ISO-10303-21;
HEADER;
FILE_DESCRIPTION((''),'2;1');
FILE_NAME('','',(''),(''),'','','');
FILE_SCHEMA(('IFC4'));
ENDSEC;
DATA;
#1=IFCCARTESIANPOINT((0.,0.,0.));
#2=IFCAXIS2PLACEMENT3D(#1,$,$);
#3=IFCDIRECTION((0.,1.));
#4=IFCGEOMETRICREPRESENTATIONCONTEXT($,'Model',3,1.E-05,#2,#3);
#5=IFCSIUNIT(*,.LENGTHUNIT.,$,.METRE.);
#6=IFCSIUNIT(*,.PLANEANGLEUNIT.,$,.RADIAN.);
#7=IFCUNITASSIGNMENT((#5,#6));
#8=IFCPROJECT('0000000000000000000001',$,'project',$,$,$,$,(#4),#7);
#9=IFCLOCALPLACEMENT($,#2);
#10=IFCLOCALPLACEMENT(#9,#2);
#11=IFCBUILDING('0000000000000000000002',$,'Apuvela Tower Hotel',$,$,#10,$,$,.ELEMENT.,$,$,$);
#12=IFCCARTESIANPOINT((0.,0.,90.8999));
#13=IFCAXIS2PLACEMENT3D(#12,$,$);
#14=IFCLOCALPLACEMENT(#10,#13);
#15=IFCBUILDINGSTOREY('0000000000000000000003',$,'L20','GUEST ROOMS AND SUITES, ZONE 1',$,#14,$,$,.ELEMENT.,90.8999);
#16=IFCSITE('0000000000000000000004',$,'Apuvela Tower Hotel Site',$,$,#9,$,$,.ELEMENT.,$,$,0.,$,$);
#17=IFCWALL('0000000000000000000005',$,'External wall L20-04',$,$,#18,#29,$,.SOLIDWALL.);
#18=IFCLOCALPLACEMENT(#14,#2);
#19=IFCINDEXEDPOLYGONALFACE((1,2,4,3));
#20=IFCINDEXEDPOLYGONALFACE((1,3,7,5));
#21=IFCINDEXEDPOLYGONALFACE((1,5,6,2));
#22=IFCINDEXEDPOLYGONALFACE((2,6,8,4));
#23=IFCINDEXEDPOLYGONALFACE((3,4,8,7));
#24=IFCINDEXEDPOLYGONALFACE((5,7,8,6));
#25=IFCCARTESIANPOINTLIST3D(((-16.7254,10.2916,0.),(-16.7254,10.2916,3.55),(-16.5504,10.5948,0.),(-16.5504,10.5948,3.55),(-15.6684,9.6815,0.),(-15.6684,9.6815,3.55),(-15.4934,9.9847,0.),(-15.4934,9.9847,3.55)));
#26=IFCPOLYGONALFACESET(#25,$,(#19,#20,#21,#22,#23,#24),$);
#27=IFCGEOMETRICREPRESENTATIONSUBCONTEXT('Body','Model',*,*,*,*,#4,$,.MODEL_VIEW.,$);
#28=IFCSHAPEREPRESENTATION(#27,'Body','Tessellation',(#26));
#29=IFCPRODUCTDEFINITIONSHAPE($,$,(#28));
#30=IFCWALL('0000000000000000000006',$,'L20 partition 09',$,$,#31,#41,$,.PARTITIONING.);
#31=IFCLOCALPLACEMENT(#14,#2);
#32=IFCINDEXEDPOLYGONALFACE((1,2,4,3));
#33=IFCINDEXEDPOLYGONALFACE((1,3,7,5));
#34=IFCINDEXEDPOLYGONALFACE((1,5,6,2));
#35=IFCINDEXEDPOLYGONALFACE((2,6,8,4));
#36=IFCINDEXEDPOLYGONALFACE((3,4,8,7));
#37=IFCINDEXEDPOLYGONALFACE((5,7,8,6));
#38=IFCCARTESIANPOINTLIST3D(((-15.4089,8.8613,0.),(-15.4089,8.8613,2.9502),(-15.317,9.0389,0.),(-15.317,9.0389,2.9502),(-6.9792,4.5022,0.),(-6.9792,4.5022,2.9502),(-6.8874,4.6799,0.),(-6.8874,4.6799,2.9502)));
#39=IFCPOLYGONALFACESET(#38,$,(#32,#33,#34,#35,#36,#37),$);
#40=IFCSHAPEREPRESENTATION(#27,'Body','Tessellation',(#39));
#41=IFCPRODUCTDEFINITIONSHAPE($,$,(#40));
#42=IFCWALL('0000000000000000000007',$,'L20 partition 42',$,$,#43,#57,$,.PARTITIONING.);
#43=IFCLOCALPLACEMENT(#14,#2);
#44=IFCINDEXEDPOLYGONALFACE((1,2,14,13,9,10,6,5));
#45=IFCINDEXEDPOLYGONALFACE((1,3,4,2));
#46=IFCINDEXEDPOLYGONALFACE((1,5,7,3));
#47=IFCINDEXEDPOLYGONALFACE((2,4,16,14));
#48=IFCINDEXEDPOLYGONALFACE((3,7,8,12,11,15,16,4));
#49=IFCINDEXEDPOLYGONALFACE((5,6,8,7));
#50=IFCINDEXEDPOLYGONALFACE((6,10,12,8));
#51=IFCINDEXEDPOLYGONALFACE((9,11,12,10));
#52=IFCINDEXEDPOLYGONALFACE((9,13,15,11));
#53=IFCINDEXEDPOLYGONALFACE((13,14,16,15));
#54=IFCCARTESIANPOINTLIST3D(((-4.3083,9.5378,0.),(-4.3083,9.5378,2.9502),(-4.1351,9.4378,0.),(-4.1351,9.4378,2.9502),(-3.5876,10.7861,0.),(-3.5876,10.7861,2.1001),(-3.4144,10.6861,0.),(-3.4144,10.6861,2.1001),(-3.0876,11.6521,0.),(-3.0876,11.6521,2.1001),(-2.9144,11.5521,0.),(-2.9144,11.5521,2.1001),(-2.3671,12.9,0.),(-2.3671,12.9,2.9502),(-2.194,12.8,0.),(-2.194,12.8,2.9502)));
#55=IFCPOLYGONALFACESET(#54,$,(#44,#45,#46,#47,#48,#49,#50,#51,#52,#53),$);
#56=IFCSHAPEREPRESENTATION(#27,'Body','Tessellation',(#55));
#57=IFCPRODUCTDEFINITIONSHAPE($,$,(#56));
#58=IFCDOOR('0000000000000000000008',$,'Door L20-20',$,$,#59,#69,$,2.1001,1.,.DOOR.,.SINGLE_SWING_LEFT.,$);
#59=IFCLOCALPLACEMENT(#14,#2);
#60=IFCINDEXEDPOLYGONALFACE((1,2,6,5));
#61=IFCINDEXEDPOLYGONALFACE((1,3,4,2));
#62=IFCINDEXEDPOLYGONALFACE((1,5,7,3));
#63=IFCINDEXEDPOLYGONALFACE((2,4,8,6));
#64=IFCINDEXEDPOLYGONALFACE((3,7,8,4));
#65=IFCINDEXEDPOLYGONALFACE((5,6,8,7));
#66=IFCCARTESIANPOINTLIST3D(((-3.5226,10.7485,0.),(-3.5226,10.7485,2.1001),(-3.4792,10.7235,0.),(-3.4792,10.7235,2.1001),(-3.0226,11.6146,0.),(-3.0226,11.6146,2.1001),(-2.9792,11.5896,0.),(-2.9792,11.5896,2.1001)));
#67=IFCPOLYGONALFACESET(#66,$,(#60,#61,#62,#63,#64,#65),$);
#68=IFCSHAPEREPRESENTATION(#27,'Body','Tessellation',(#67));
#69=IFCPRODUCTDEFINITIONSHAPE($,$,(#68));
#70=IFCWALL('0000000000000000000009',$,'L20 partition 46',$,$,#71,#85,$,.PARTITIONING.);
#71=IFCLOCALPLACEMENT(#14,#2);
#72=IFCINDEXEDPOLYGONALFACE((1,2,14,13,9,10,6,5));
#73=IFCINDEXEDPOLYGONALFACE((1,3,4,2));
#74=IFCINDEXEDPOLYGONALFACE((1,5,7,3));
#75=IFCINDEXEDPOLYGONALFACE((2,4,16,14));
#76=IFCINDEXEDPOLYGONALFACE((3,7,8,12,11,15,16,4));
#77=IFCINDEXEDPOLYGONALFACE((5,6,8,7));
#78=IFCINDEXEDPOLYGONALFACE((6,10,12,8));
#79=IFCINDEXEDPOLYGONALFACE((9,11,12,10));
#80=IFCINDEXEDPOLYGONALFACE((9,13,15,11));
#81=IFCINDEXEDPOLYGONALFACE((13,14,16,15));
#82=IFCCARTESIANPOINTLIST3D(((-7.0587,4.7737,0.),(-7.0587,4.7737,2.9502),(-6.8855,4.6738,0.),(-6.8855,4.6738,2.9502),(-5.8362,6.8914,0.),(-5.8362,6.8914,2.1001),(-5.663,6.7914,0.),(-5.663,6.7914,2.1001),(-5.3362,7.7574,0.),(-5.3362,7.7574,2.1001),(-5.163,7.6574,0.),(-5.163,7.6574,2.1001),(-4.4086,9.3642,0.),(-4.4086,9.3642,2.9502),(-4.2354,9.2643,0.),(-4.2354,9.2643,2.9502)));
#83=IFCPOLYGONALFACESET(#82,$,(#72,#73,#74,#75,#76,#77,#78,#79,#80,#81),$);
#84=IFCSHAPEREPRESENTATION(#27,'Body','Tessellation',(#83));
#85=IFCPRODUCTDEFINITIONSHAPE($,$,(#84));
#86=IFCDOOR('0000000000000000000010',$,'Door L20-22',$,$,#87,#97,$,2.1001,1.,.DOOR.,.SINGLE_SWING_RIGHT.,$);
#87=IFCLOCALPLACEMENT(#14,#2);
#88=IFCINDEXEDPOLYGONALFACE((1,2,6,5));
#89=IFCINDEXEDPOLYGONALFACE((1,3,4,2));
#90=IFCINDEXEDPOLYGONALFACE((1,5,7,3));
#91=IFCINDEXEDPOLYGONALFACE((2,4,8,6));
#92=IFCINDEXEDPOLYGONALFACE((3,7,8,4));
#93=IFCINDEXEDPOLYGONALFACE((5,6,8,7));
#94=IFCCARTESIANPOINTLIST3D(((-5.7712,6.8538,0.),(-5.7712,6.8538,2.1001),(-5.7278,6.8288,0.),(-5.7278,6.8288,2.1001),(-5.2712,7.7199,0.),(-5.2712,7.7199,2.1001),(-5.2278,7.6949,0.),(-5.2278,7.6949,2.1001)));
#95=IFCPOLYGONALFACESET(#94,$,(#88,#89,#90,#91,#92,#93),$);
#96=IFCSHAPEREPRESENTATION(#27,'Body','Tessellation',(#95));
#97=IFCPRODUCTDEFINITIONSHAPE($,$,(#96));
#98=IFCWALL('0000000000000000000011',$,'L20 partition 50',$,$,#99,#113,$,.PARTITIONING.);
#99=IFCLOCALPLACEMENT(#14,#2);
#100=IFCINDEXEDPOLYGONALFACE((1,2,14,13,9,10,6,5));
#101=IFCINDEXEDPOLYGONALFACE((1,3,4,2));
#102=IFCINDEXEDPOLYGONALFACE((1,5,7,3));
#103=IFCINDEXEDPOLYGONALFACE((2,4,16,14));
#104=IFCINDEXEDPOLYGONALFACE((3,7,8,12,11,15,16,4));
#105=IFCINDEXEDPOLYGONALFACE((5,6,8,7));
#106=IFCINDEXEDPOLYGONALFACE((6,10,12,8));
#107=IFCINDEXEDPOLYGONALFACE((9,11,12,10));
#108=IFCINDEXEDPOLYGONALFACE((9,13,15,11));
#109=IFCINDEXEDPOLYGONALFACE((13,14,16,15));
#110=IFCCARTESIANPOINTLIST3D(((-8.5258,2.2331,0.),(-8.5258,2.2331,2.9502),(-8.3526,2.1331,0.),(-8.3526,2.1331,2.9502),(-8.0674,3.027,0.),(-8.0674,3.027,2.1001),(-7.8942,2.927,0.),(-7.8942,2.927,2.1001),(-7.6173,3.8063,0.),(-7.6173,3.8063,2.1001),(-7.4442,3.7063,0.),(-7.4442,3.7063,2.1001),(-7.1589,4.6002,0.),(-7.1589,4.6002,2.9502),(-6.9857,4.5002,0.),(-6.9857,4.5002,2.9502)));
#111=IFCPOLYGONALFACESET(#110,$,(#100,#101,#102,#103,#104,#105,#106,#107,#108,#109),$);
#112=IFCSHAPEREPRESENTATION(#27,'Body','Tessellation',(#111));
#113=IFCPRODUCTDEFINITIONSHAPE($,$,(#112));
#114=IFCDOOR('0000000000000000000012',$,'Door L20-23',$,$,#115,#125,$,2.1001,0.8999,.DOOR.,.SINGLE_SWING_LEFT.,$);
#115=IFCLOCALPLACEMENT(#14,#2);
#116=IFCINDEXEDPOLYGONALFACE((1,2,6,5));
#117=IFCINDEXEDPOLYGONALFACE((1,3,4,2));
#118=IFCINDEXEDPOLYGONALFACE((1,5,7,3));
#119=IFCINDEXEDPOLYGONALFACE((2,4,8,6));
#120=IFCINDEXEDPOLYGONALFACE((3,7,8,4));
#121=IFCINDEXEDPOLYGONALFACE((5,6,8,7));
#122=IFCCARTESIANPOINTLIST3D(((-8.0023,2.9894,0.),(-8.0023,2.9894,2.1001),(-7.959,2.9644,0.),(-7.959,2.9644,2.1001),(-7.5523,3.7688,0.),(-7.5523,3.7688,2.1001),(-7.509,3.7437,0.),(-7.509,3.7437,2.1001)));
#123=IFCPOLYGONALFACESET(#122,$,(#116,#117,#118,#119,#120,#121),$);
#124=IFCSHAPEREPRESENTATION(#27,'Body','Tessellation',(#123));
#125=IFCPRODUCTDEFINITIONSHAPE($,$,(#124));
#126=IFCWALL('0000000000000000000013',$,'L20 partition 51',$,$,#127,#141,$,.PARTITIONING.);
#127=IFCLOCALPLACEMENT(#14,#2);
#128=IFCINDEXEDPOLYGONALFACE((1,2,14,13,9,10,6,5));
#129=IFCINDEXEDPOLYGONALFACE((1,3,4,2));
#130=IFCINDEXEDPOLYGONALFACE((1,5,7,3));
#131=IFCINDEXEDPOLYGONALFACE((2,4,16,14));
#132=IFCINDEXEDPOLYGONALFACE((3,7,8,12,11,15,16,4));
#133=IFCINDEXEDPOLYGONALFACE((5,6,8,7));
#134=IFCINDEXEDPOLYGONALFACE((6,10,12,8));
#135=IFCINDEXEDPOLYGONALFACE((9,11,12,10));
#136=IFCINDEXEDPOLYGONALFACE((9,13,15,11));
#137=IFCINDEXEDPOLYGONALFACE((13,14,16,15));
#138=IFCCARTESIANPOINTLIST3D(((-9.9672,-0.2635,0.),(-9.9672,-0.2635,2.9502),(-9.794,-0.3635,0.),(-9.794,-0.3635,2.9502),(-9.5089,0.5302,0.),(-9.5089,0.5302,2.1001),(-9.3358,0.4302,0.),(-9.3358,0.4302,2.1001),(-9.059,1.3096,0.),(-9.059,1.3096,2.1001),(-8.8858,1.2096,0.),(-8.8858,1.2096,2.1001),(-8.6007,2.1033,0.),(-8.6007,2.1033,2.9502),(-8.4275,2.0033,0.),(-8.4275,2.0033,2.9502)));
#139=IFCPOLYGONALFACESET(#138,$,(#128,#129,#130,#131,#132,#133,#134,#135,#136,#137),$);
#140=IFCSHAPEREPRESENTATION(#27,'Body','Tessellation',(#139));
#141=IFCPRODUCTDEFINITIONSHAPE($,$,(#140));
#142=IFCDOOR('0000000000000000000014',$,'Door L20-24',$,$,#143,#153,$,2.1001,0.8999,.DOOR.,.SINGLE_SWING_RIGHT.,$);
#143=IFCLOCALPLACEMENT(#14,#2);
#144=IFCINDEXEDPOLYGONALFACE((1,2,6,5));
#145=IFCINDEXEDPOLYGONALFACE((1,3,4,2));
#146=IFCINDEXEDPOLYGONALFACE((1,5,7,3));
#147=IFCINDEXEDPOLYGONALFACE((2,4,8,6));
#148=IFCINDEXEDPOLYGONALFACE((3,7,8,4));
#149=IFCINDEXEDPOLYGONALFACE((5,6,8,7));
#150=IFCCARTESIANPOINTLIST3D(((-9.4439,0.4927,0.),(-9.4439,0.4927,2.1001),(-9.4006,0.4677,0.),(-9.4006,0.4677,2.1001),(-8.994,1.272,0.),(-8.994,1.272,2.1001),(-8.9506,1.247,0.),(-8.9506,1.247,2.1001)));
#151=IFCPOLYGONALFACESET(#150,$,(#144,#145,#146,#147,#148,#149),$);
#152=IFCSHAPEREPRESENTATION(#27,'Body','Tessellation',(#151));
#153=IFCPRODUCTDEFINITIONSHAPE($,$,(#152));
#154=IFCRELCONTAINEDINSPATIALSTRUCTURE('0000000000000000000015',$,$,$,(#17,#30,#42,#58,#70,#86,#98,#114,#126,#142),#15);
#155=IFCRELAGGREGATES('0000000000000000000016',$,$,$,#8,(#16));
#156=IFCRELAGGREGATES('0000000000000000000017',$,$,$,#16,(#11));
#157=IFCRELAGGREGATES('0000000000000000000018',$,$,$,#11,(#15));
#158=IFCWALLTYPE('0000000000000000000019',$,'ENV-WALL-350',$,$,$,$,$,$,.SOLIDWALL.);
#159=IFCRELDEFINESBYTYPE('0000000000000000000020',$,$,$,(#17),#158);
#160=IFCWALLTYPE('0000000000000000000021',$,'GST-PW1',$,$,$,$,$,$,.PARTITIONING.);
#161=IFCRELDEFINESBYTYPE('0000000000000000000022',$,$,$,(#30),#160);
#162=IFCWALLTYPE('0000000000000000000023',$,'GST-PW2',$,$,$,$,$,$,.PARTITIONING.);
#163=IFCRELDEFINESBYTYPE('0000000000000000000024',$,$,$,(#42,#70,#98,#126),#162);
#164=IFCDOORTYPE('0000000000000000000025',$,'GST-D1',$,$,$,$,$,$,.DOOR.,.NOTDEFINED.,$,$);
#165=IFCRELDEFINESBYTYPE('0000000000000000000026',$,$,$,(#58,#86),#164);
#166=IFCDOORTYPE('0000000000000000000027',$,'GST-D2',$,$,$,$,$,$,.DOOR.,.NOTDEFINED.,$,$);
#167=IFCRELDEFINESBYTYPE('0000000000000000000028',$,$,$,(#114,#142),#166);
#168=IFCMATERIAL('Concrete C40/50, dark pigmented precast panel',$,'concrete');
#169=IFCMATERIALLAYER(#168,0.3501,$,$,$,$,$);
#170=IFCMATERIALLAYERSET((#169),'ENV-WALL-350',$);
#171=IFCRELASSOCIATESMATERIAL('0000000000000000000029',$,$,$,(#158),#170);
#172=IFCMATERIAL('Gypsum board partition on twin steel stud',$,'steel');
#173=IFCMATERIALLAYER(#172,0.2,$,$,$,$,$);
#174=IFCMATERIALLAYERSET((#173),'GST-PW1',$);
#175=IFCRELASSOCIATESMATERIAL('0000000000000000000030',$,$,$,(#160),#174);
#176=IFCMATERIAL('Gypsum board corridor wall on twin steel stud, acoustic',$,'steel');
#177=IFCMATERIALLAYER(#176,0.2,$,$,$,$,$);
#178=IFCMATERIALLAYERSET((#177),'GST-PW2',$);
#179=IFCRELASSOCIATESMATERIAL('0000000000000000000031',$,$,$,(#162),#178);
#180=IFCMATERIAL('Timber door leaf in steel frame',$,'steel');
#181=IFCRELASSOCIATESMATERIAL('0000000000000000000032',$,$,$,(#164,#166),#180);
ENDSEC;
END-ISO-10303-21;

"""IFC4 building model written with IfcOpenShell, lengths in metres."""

from ifc_helpers import new_model, si_unit, direction, frame, frame_2d, origin, place, context, subcontext, project, spatial, rectangle, extrude, material, layer, layer_set, type_object, element, fill, save


model = new_model("IFC4")

# Units and contexts
model_context = context("Model", 3, precision=1e-05, world=origin(), true_north=direction((0.0, 1.0)))
body_context = subcontext(model_context, "Body", "Model", "MODEL_VIEW")
ifc_project = project(units=[si_unit("LENGTHUNIT", "METRE"), si_unit("PLANEANGLEUNIT", "RADIAN")], contexts=[model_context])

# Site, building, storey
site_placement = place(None, origin())
site = spatial("IfcSite", under=ifc_project, at=site_placement, Name="Apuvela Tower Hotel Site", CompositionType="ELEMENT", RefElevation=0.0)
building_placement = place(site_placement, origin())
building = spatial("IfcBuilding", under=site, at=building_placement, Name="Apuvela Tower Hotel", CompositionType="ELEMENT")
storey_placement = place(building_placement, frame((0.0, 0.0, 90.8999)))
storey = spatial("IfcBuildingStorey", under=building, at=storey_placement, Name="L20", Description="GUEST ROOMS AND SUITES, ZONE 1", CompositionType="ELEMENT", Elevation=90.8999)

# Walls
ifc_material_1 = material(Name="Concrete C40/50, dark pigmented precast panel", Category="concrete")
ifc_layer_1 = layer(ifc_material_1, 0.3501)
ifc_layer_set_1 = layer_set([ifc_layer_1], Name="ENV-WALL-350")
wall_type_1 = type_object("IfcWallType", Name="ENV-WALL-350", PredefinedType="SOLIDWALL", material=ifc_layer_set_1)
wall_1_placement = place(storey_placement, frame((-15.5808, 9.833, 0.0), z_axis=(0.0, 0.0, 1.0), x_axis=(-0.866056, 0.499948, 0.0)))
element("IfcWall", 1, at=wall_1_placement, inside=storey, type_object=wall_type_1, Name="External wall L20-04", PredefinedType="SOLIDWALL", context=body_context, shape_type="SweptSolid", body=[
    extrude(rectangle(XDim=1.2205, YDim=0.3501, at=frame_2d((0.6104, 0.0))), origin(), (0.0, 0.0, 1.0), 3.55),
])
ifc_material_2 = material(Name="Gypsum board partition on twin steel stud", Category="steel")
ifc_layer_2 = layer(ifc_material_2, 0.2)
ifc_layer_set_2 = layer_set([ifc_layer_2], Name="GST-PW1")
wall_type_2 = type_object("IfcWallType", Name="GST-PW1", PredefinedType="PARTITIONING", material=ifc_layer_set_2)
wall_2_placement = place(storey_placement, frame((-15.363, 8.9502, 0.0), z_axis=(0.0, 0.0, 1.0), x_axis=(0.888263, -0.459335, 0.0)))
element("IfcWall", 2, at=wall_2_placement, inside=storey, type_object=wall_type_2, Name="L20 partition 09", PredefinedType="PARTITIONING", context=body_context, shape_type="SweptSolid", body=[
    extrude(rectangle(XDim=9.49, YDim=0.2, at=frame_2d((4.7451, 0.0))), origin(), (0.0, 0.0, 1.0), 2.9502),
])

# Walls, openings, doors
ifc_material_3 = material(Name="Gypsum board corridor wall on twin steel stud, acoustic", Category="steel")
ifc_layer_3 = layer(ifc_material_3, 0.2)
ifc_layer_set_3 = layer_set([ifc_layer_3], Name="GST-PW2")
wall_type_3 = type_object("IfcWallType", Name="GST-PW2", PredefinedType="PARTITIONING", material=ifc_layer_set_3)
wall_3_placement = place(storey_placement, frame((-4.2217, 9.4878, 0.0), z_axis=(0.0, 0.0, 1.0), x_axis=(0.499987, 0.866033, 0.0)))
wall_3 = element("IfcWall", 3, at=wall_3_placement, inside=storey, type_object=wall_type_3, Name="L20 partition 42", PredefinedType="PARTITIONING", context=body_context, shape_type="SweptSolid", body=[
    extrude(rectangle(XDim=3.8823, YDim=0.2, at=frame_2d((1.9412, 0.0))), origin(), (0.0, 0.0, 1.0), 2.9502),
])
opening_1_placement = place(wall_3_placement, frame((1.4414, 0.0, 0.0)))
opening_1 = element("IfcOpeningElement", 4, at=opening_1_placement, cuts=wall_3, PredefinedType="OPENING", context=body_context, shape_type="SweptSolid", body=[
    extrude(rectangle(XDim=1.0, YDim=2.1001, at=frame_2d((0.5, 1.05))), frame((0.0, 0.1099, 0.0), z_axis=(0.0, -1.0, 0.0), x_axis=(1.0, 0.0, 0.0)), (0.0, 0.0, 1.0), 0.22),
])
ifc_material_4 = material(Name="Timber door leaf in steel frame", Category="steel")
door_type_1 = type_object("IfcDoorType", Name="GST-D1", OperationType="NOTDEFINED", PredefinedType="DOOR", material=ifc_material_4)
door_1_placement = place(opening_1_placement, origin())
door_1 = element("IfcDoor", 5, at=door_1_placement, inside=storey, type_object=door_type_1, Name="Door L20-20", OperationType="SINGLE_SWING_LEFT", OverallHeight=2.1001, OverallWidth=1.0, PredefinedType="DOOR", context=body_context, shape_type="SweptSolid", body=[
    extrude(rectangle(XDim=1.0, YDim=2.1001, at=frame_2d((0.5, 1.05))), frame((0.0, 0.0249, 0.0), z_axis=(0.0, -1.0, 0.0), x_axis=(1.0, 0.0, 0.0)), (0.0, 0.0, 1.0), 0.05),
])
fill(opening_1, door_1)
wall_4_placement = place(storey_placement, frame((-6.9722, 4.7236, 0.0), z_axis=(0.0, 0.0, 1.0), x_axis=(0.499968, 0.866044, 0.0)))
wall_4 = element("IfcWall", 6, at=wall_4_placement, inside=storey, type_object=wall_type_3, Name="L20 partition 46", PredefinedType="PARTITIONING", context=body_context, shape_type="SweptSolid", body=[
    extrude(rectangle(XDim=5.3005, YDim=0.2, at=frame_2d((2.6504, 0.0))), origin(), (0.0, 0.0, 1.0), 2.9502),
])
opening_2_placement = place(wall_4_placement, frame((2.4453, 0.0, 0.0)))
opening_2 = element("IfcOpeningElement", 7, at=opening_2_placement, cuts=wall_4, PredefinedType="OPENING", context=body_context, shape_type="SweptSolid", body=[
    extrude(rectangle(XDim=1.0, YDim=2.1001, at=frame_2d((0.5, 1.05))), frame((0.0, 0.1099, 0.0), z_axis=(0.0, -1.0, 0.0), x_axis=(1.0, 0.0, 0.0)), (0.0, 0.0, 1.0), 0.22),
])
door_2_placement = place(opening_2_placement, origin())
door_2 = element("IfcDoor", 8, at=door_2_placement, inside=storey, type_object=door_type_1, Name="Door L20-22", OperationType="SINGLE_SWING_RIGHT", OverallHeight=2.1001, OverallWidth=1.0, PredefinedType="DOOR", context=body_context, shape_type="SweptSolid", body=[
    extrude(rectangle(XDim=1.0, YDim=2.1001, at=frame_2d((0.5, 1.05))), frame((0.0, 0.0249, 0.0), z_axis=(0.0, -1.0, 0.0), x_axis=(1.0, 0.0, 0.0)), (0.0, 0.0, 1.0), 0.05),
])
fill(opening_2, door_2)
wall_5_placement = place(storey_placement, frame((-8.4392, 2.1831, 0.0), z_axis=(0.0, 0.0, 1.0), x_axis=(0.500068, 0.865986, 0.0)))
wall_5 = element("IfcWall", 9, at=wall_5_placement, inside=storey, type_object=wall_type_3, Name="L20 partition 50", PredefinedType="PARTITIONING", context=body_context, shape_type="SweptSolid", body=[
    extrude(rectangle(XDim=2.7334, YDim=0.2, at=frame_2d((1.3667, 0.0))), origin(), (0.0, 0.0, 1.0), 2.9502),
])
opening_3_placement = place(wall_5_placement, frame((0.9167, 0.0, 0.0)))
opening_3 = element("IfcOpeningElement", 10, at=opening_3_placement, cuts=wall_5, PredefinedType="OPENING", context=body_context, shape_type="SweptSolid", body=[
    extrude(rectangle(XDim=0.8999, YDim=2.1001, at=frame_2d((0.45, 1.05))), frame((0.0, 0.1099, 0.0), z_axis=(0.0, -1.0, 0.0), x_axis=(1.0, 0.0, 0.0)), (0.0, 0.0, 1.0), 0.22),
])
door_type_2 = type_object("IfcDoorType", Name="GST-D2", OperationType="NOTDEFINED", PredefinedType="DOOR", material=ifc_material_4)
door_3_placement = place(opening_3_placement, origin())
door_3 = element("IfcDoor", 11, at=door_3_placement, inside=storey, type_object=door_type_2, Name="Door L20-23", OperationType="SINGLE_SWING_LEFT", OverallHeight=2.1001, OverallWidth=0.8999, PredefinedType="DOOR", context=body_context, shape_type="SweptSolid", body=[
    extrude(rectangle(XDim=0.8999, YDim=2.1001, at=frame_2d((0.45, 1.05))), frame((0.0, 0.0249, 0.0), z_axis=(0.0, -1.0, 0.0), x_axis=(1.0, 0.0, 0.0)), (0.0, 0.0, 1.0), 0.05),
])
fill(opening_3, door_3)
wall_6_placement = place(storey_placement, frame((-9.8806, -0.3135, 0.0), z_axis=(0.0, 0.0, 1.0), x_axis=(0.500011, 0.866019, 0.0)))
wall_6 = element("IfcWall", 12, at=wall_6_placement, inside=storey, type_object=wall_type_3, Name="L20 partition 51", PredefinedType="PARTITIONING", context=body_context, shape_type="SweptSolid", body=[
    extrude(rectangle(XDim=2.7329, YDim=0.2, at=frame_2d((1.3665, 0.0))), origin(), (0.0, 0.0, 1.0), 2.9502),
])
opening_4_placement = place(wall_6_placement, frame((0.9165, 0.0, 0.0)))
opening_4 = element("IfcOpeningElement", 13, at=opening_4_placement, cuts=wall_6, PredefinedType="OPENING", context=body_context, shape_type="SweptSolid", body=[
    extrude(rectangle(XDim=0.8999, YDim=2.1001, at=frame_2d((0.45, 1.05))), frame((0.0, 0.1099, 0.0), z_axis=(0.0, -1.0, 0.0), x_axis=(1.0, 0.0, 0.0)), (0.0, 0.0, 1.0), 0.22),
])
door_4_placement = place(opening_4_placement, origin())
door_4 = element("IfcDoor", 14, at=door_4_placement, inside=storey, type_object=door_type_2, Name="Door L20-24", OperationType="SINGLE_SWING_RIGHT", OverallHeight=2.1001, OverallWidth=0.8999, PredefinedType="DOOR", context=body_context, shape_type="SweptSolid", body=[
    extrude(rectangle(XDim=0.8999, YDim=2.1001, at=frame_2d((0.45, 1.05))), frame((0.0, 0.0249, 0.0), z_axis=(0.0, -1.0, 0.0), x_axis=(1.0, 0.0, 0.0)), (0.0, 0.0, 1.0), 0.05),
])
fill(opening_4, door_4)

save(model, "model.ifc")
